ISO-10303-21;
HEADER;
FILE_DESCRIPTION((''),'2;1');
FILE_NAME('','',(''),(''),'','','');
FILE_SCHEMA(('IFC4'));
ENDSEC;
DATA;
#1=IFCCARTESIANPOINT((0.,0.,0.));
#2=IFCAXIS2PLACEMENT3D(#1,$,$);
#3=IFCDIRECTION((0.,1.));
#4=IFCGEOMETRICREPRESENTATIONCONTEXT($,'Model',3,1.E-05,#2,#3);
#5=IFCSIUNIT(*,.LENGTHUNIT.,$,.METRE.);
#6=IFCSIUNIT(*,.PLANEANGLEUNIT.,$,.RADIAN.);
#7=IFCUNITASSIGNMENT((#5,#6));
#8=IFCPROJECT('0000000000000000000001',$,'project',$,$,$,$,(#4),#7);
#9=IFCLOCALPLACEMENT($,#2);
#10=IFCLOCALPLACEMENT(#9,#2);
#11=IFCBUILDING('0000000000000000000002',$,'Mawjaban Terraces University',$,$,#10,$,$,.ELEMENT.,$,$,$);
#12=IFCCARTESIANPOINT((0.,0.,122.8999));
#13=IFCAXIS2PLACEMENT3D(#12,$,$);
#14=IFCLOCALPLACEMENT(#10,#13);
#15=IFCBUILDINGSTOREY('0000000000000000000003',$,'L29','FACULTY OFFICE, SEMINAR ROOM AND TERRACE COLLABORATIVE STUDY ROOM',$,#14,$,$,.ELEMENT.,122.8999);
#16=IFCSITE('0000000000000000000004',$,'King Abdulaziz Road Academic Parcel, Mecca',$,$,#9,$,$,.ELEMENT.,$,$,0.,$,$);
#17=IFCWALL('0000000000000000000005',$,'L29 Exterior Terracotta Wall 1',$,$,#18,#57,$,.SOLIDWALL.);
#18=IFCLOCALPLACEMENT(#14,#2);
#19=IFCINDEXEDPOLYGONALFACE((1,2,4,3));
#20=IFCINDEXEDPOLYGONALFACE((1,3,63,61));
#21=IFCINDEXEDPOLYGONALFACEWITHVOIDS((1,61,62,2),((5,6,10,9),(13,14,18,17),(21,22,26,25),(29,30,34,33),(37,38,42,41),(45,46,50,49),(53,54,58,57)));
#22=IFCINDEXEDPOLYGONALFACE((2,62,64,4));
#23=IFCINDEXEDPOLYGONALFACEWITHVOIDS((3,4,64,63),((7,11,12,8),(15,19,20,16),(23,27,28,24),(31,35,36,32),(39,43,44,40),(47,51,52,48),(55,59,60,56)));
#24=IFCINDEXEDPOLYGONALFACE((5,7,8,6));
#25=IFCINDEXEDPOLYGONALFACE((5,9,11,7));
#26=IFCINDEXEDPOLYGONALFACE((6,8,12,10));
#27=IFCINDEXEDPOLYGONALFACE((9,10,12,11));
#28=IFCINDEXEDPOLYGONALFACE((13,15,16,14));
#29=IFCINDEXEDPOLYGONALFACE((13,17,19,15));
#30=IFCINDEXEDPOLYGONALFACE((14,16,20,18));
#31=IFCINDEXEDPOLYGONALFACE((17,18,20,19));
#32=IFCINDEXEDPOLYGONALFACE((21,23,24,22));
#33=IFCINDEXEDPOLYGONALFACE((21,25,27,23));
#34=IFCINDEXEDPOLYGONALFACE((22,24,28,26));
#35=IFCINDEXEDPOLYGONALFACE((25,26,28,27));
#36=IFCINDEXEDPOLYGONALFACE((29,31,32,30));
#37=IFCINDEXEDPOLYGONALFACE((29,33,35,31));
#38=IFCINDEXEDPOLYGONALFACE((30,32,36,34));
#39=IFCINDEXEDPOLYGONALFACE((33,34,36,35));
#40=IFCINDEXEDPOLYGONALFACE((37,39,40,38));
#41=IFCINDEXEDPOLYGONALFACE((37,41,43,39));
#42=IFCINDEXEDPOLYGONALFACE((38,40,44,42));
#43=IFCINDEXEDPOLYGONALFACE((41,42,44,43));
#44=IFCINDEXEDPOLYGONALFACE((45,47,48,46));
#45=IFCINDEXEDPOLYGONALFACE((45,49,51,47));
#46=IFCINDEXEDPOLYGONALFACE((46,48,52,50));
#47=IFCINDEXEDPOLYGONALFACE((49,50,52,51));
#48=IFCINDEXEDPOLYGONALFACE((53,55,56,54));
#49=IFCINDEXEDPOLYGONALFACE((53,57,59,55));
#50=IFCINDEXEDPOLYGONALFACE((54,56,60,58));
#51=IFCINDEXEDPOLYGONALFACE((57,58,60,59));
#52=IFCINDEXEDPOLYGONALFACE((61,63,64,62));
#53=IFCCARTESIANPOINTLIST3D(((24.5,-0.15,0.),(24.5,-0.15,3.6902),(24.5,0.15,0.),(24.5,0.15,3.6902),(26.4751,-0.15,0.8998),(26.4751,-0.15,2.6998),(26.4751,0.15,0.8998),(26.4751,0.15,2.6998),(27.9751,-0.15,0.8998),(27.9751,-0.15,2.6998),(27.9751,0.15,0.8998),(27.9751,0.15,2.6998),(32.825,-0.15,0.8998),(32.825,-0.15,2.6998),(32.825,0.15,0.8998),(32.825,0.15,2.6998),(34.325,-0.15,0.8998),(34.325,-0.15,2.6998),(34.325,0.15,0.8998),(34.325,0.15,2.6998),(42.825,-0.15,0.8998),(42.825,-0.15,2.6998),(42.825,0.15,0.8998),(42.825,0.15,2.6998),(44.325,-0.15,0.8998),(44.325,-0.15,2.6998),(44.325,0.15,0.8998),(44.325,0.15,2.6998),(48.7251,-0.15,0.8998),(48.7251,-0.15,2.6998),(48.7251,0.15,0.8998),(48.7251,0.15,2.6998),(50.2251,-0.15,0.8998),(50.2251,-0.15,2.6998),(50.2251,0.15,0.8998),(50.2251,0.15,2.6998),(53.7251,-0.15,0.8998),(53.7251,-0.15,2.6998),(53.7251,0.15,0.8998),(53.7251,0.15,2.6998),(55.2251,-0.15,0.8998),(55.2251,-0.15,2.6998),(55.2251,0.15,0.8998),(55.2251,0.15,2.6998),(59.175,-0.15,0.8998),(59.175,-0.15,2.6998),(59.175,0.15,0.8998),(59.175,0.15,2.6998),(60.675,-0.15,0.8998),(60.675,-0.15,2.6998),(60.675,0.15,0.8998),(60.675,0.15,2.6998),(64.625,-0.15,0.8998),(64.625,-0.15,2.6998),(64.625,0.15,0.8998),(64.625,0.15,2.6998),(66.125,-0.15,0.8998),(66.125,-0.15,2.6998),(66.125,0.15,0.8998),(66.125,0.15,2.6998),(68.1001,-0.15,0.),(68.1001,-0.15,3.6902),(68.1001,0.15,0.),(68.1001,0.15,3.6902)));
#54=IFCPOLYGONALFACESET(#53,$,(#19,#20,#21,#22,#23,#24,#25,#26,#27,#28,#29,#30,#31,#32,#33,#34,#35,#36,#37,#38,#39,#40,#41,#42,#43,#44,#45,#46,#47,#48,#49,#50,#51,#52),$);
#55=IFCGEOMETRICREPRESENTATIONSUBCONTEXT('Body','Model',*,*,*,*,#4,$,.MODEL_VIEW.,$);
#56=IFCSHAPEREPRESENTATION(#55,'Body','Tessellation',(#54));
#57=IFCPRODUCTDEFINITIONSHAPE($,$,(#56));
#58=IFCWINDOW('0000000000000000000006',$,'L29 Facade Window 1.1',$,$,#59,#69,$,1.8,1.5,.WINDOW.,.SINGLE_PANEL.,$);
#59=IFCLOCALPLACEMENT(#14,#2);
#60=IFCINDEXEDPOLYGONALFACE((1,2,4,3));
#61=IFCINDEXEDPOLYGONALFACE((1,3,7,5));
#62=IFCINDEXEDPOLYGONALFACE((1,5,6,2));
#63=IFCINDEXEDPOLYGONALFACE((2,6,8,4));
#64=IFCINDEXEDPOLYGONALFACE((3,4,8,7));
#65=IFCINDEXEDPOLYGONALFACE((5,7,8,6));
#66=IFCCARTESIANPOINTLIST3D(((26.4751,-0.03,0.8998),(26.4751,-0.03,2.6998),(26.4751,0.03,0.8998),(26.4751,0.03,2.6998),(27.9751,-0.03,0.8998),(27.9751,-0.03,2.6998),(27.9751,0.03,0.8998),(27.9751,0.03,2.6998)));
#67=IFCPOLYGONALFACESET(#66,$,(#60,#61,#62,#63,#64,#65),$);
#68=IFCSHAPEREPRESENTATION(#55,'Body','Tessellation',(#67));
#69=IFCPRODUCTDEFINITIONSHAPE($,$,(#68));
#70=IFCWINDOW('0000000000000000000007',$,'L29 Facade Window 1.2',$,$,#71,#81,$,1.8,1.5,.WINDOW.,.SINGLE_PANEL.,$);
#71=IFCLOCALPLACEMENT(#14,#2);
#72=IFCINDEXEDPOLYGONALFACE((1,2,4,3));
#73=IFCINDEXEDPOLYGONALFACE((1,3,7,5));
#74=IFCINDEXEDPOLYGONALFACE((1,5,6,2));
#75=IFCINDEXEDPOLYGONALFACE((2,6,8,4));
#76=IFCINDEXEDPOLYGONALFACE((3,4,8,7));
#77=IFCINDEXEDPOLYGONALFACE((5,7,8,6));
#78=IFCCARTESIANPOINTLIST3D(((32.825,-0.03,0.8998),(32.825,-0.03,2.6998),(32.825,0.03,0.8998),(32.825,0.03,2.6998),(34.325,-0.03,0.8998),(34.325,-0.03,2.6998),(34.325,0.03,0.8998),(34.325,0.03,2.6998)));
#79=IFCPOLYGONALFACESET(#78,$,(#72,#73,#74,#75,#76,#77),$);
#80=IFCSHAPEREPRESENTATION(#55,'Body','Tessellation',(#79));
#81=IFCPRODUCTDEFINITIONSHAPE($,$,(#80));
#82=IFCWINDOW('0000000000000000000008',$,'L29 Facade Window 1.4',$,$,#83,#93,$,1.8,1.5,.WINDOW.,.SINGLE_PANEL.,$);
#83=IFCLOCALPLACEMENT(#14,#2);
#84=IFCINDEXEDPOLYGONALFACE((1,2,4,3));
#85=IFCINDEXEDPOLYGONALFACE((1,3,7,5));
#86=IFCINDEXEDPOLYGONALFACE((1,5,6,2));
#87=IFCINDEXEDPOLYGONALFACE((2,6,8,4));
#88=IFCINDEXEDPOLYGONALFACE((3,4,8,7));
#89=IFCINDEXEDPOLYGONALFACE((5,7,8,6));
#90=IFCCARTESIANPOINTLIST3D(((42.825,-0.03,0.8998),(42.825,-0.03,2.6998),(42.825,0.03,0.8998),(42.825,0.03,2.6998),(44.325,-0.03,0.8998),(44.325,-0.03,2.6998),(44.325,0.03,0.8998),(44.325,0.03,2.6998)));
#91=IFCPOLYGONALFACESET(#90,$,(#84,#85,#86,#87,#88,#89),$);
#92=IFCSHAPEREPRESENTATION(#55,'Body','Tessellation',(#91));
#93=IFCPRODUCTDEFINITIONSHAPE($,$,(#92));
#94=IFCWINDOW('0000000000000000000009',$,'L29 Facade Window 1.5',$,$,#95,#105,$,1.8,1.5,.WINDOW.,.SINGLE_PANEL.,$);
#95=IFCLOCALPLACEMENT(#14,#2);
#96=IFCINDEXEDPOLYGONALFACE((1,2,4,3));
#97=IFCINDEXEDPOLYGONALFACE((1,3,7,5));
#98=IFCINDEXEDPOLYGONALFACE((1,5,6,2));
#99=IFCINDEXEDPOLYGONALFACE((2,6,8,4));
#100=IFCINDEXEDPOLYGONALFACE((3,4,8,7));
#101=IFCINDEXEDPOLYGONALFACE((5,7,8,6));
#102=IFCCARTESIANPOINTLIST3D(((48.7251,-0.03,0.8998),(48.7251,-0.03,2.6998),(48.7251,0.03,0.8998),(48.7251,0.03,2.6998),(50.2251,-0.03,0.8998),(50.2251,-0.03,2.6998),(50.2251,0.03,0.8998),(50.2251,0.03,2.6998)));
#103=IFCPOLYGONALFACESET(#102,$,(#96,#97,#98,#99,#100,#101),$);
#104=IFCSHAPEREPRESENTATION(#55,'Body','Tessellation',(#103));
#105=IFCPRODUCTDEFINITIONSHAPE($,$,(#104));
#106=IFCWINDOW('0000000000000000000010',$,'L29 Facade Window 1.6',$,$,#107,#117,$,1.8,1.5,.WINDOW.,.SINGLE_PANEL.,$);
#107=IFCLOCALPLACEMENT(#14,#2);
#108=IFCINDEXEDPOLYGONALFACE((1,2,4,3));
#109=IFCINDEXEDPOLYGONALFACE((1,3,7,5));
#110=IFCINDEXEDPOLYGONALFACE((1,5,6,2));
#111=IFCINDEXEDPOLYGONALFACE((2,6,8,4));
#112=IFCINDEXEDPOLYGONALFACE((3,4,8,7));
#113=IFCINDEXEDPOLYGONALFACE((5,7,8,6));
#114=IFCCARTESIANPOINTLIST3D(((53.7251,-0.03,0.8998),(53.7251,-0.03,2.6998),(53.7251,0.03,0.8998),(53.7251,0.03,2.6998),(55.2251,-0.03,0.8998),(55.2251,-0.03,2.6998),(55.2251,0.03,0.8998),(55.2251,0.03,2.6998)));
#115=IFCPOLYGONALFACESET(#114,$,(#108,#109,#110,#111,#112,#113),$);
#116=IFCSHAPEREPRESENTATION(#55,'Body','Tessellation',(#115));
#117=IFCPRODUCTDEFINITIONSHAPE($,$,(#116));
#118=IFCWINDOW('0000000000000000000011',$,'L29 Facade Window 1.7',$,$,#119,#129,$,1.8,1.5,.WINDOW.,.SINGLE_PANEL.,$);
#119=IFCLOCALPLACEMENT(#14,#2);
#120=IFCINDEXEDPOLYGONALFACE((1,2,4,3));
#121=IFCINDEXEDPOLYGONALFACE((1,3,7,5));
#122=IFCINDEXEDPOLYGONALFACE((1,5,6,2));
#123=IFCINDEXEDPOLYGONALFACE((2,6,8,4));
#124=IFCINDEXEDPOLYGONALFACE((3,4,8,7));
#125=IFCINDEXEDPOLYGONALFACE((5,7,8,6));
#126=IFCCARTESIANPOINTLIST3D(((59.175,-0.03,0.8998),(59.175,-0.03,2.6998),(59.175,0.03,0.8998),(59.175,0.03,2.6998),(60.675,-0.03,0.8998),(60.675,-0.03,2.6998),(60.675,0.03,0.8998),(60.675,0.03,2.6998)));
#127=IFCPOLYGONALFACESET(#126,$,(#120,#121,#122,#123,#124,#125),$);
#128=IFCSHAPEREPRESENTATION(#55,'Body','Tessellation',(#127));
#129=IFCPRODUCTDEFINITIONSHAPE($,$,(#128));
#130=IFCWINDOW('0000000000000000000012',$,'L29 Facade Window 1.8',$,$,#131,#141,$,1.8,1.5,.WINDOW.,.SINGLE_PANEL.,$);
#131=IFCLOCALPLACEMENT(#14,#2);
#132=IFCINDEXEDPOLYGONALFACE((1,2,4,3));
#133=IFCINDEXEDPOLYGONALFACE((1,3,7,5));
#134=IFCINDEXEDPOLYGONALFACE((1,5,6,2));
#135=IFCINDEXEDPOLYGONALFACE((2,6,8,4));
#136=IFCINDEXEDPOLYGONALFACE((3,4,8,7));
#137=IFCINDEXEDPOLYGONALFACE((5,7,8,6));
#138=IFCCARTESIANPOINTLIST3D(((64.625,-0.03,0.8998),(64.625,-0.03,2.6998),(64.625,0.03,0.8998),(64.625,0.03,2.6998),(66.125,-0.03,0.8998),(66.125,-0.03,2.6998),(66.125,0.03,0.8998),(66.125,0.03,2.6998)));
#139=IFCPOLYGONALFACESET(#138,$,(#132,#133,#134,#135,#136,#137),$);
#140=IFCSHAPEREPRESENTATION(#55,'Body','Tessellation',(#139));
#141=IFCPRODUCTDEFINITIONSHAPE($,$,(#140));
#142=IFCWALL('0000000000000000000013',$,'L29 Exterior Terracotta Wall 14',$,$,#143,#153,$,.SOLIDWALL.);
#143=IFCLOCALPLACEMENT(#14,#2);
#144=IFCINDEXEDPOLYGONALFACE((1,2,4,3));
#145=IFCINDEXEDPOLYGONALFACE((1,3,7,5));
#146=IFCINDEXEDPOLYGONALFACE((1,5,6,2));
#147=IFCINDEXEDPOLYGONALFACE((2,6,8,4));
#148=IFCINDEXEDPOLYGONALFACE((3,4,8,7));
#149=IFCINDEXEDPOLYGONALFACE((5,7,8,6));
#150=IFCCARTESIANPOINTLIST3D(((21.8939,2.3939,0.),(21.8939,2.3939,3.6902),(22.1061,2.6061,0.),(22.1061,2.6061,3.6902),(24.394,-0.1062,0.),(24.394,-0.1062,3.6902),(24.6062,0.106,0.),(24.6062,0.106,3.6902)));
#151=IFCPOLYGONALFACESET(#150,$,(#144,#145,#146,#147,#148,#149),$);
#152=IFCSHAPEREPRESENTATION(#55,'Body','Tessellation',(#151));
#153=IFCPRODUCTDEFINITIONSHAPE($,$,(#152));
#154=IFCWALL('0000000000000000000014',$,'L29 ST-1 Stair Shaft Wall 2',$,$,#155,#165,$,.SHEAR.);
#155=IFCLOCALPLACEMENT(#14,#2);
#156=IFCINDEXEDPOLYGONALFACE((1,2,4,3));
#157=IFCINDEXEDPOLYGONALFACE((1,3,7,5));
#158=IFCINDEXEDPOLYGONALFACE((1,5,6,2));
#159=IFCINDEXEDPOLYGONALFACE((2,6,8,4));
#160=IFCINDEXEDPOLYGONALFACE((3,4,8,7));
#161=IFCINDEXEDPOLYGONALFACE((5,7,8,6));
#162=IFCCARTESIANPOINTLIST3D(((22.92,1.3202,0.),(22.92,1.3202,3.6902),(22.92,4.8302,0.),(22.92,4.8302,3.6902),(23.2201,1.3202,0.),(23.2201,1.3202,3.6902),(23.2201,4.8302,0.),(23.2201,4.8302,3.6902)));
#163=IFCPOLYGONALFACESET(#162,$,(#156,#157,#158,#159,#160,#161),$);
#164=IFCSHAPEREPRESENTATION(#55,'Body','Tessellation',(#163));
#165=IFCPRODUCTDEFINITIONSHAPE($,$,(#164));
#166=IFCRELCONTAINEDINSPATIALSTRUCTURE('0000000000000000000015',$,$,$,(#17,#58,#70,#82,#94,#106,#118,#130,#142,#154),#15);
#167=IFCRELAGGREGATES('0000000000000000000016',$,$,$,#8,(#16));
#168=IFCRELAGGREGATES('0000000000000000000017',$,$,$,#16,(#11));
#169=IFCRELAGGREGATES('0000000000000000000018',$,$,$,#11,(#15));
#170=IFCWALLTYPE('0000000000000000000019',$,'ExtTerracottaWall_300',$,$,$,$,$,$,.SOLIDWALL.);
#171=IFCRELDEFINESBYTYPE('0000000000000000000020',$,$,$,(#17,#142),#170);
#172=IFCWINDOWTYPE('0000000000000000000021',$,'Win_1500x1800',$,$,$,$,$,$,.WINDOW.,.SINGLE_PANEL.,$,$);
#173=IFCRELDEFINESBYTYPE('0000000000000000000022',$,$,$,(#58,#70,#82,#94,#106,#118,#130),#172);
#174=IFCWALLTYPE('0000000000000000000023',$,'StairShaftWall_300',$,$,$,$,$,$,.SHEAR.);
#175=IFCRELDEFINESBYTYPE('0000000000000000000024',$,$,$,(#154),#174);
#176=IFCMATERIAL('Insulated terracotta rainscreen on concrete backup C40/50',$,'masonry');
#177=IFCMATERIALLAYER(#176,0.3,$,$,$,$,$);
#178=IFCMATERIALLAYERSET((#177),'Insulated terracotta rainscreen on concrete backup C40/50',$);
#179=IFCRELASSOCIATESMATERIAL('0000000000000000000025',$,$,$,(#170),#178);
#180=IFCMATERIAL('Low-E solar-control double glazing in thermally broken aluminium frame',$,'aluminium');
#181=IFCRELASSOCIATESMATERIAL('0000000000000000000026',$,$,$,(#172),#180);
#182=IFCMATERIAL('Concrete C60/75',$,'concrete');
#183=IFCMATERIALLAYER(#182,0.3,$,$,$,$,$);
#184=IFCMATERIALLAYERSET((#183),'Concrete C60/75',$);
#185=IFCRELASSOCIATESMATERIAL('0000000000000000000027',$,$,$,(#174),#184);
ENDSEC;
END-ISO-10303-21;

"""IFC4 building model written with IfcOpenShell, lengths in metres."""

from ifc_helpers import new_model, si_unit, direction, frame, frame_2d, origin, place, context, subcontext, project, spatial, rectangle, extrude, material, layer, layer_set, type_object, element, fill, save


model = new_model("IFC4")

# Units and contexts
model_context = context("Model", 3, precision=1e-05, world=origin(), true_north=direction((0.0, 1.0)))
body_context = subcontext(model_context, "Body", "Model", "MODEL_VIEW")
ifc_project = project(units=[si_unit("LENGTHUNIT", "METRE"), si_unit("PLANEANGLEUNIT", "RADIAN")], contexts=[model_context])

# Site, building, storey
site_placement = place(None, origin())
site = spatial("IfcSite", under=ifc_project, at=site_placement, Name="King Abdulaziz Road Academic Parcel, Mecca", CompositionType="ELEMENT", RefElevation=0.0)
building_placement = place(site_placement, origin())
building = spatial("IfcBuilding", under=site, at=building_placement, Name="Mawjaban Terraces University", CompositionType="ELEMENT")
storey_placement = place(building_placement, frame((0.0, 0.0, 122.8999)))
storey = spatial("IfcBuildingStorey", under=building, at=storey_placement, Name="L29", Description="FACULTY OFFICE, SEMINAR ROOM AND TERRACE COLLABORATIVE STUDY ROOM", CompositionType="ELEMENT", Elevation=122.8999)

# Shared definitions
ifc_material_1 = material(Name="Concrete C60/75", Category="concrete")

# Wall, openings, windows
ifc_material_2 = material(Name="Insulated terracotta rainscreen on concrete backup C40/50", Category="masonry")
ifc_layer_1 = layer(ifc_material_2, 0.3)
ifc_layer_set_1 = layer_set([ifc_layer_1], Name="Insulated terracotta rainscreen on concrete backup C40/50")
wall_type_1 = type_object("IfcWallType", Name="ExtTerracottaWall_300", PredefinedType="SOLIDWALL", material=ifc_layer_set_1)
wall_1_placement = place(storey_placement, frame((24.5, 0.0, 0.0), z_axis=(0.0, 0.0, 1.0), x_axis=(1.0, 0.0, 0.0)))
wall_1 = element("IfcWall", 1, at=wall_1_placement, inside=storey, type_object=wall_type_1, Name="L29 Exterior Terracotta Wall 1", PredefinedType="SOLIDWALL", context=body_context, shape_type="SweptSolid", body=[
    extrude(rectangle(XDim=43.6001, YDim=0.3, at=frame_2d((21.8, 0.0))), origin(), (0.0, 0.0, 1.0), 3.6902),
])
opening_1_placement = place(wall_1_placement, frame((1.9751, 0.0, 0.8999)))
opening_1 = element("IfcOpeningElement", 2, at=opening_1_placement, cuts=wall_1, PredefinedType="OPENING", context=body_context, shape_type="SweptSolid", body=[
    extrude(rectangle(XDim=1.5, YDim=1.8, at=frame_2d((0.75, 0.8999))), frame((0.0, 0.1599, 0.0), z_axis=(0.0, -1.0, 0.0), x_axis=(1.0, 0.0, 0.0)), (0.0, 0.0, 1.0), 0.3201),
])
opening_2_placement = place(wall_1_placement, frame((8.325, 0.0, 0.8999)))
opening_2 = element("IfcOpeningElement", 3, at=opening_2_placement, cuts=wall_1, PredefinedType="OPENING", context=body_context, shape_type="SweptSolid", body=[
    extrude(rectangle(XDim=1.5, YDim=1.8, at=frame_2d((0.75, 0.8999))), frame((0.0, 0.1599, 0.0), z_axis=(0.0, -1.0, 0.0), x_axis=(1.0, 0.0, 0.0)), (0.0, 0.0, 1.0), 0.3201),
])
opening_3_placement = place(wall_1_placement, frame((18.325, 0.0, 0.8999)))
opening_3 = element("IfcOpeningElement", 4, at=opening_3_placement, cuts=wall_1, PredefinedType="OPENING", context=body_context, shape_type="SweptSolid", body=[
    extrude(rectangle(XDim=1.5, YDim=1.8, at=frame_2d((0.75, 0.8999))), frame((0.0, 0.1599, 0.0), z_axis=(0.0, -1.0, 0.0), x_axis=(1.0, 0.0, 0.0)), (0.0, 0.0, 1.0), 0.3201),
])
opening_4_placement = place(wall_1_placement, frame((24.2251, 0.0, 0.8999)))
opening_4 = element("IfcOpeningElement", 5, at=opening_4_placement, cuts=wall_1, PredefinedType="OPENING", context=body_context, shape_type="SweptSolid", body=[
    extrude(rectangle(XDim=1.5, YDim=1.8, at=frame_2d((0.75, 0.8999))), frame((0.0, 0.1599, 0.0), z_axis=(0.0, -1.0, 0.0), x_axis=(1.0, 0.0, 0.0)), (0.0, 0.0, 1.0), 0.3201),
])
opening_5_placement = place(wall_1_placement, frame((29.2251, 0.0, 0.8999)))
opening_5 = element("IfcOpeningElement", 6, at=opening_5_placement, cuts=wall_1, PredefinedType="OPENING", context=body_context, shape_type="SweptSolid", body=[
    extrude(rectangle(XDim=1.5, YDim=1.8, at=frame_2d((0.75, 0.8999))), frame((0.0, 0.1599, 0.0), z_axis=(0.0, -1.0, 0.0), x_axis=(1.0, 0.0, 0.0)), (0.0, 0.0, 1.0), 0.3201),
])
opening_6_placement = place(wall_1_placement, frame((34.675, 0.0, 0.8999)))
opening_6 = element("IfcOpeningElement", 7, at=opening_6_placement, cuts=wall_1, PredefinedType="OPENING", context=body_context, shape_type="SweptSolid", body=[
    extrude(rectangle(XDim=1.5, YDim=1.8, at=frame_2d((0.75, 0.8999))), frame((0.0, 0.1599, 0.0), z_axis=(0.0, -1.0, 0.0), x_axis=(1.0, 0.0, 0.0)), (0.0, 0.0, 1.0), 0.3201),
])
opening_7_placement = place(wall_1_placement, frame((40.125, 0.0, 0.8999)))
opening_7 = element("IfcOpeningElement", 8, at=opening_7_placement, cuts=wall_1, PredefinedType="OPENING", context=body_context, shape_type="SweptSolid", body=[
    extrude(rectangle(XDim=1.5, YDim=1.8, at=frame_2d((0.75, 0.8999))), frame((0.0, 0.1599, 0.0), z_axis=(0.0, -1.0, 0.0), x_axis=(1.0, 0.0, 0.0)), (0.0, 0.0, 1.0), 0.3201),
])
ifc_material_3 = material(Name="Low-E solar-control double glazing in thermally broken aluminium frame", Category="aluminium")
window_type = type_object("IfcWindowType", Name="Win_1500x1800", PartitioningType="SINGLE_PANEL", PredefinedType="WINDOW", material=ifc_material_3)
window_1_placement = place(opening_1_placement, origin())
window_1 = element("IfcWindow", 9, at=window_1_placement, inside=storey, type_object=window_type, Name="L29 Facade Window 1.1", OverallHeight=1.8, OverallWidth=1.5, PartitioningType="SINGLE_PANEL", PredefinedType="WINDOW", context=body_context, shape_type="SweptSolid", body=[
    extrude(rectangle(XDim=1.5, YDim=1.8, at=frame_2d((0.75, 0.8999))), frame((0.0, 0.03, 0.0), z_axis=(0.0, -1.0, 0.0), x_axis=(1.0, 0.0, 0.0)), (0.0, 0.0, 1.0), 0.0601),
])
fill(opening_1, window_1)
window_2_placement = place(opening_2_placement, origin())
window_2 = element("IfcWindow", 10, at=window_2_placement, inside=storey, type_object=window_type, Name="L29 Facade Window 1.2", OverallHeight=1.8, OverallWidth=1.5, PartitioningType="SINGLE_PANEL", PredefinedType="WINDOW", context=body_context, shape_type="SweptSolid", body=[
    extrude(rectangle(XDim=1.5, YDim=1.8, at=frame_2d((0.75, 0.8999))), frame((0.0, 0.03, 0.0), z_axis=(0.0, -1.0, 0.0), x_axis=(1.0, 0.0, 0.0)), (0.0, 0.0, 1.0), 0.0601),
])
fill(opening_2, window_2)
window_3_placement = place(opening_3_placement, origin())
window_3 = element("IfcWindow", 11, at=window_3_placement, inside=storey, type_object=window_type, Name="L29 Facade Window 1.4", OverallHeight=1.8, OverallWidth=1.5, PartitioningType="SINGLE_PANEL", PredefinedType="WINDOW", context=body_context, shape_type="SweptSolid", body=[
    extrude(rectangle(XDim=1.5, YDim=1.8, at=frame_2d((0.75, 0.8999))), frame((0.0, 0.03, 0.0), z_axis=(0.0, -1.0, 0.0), x_axis=(1.0, 0.0, 0.0)), (0.0, 0.0, 1.0), 0.0601),
])
fill(opening_3, window_3)
window_4_placement = place(opening_4_placement, origin())
window_4 = element("IfcWindow", 12, at=window_4_placement, inside=storey, type_object=window_type, Name="L29 Facade Window 1.5", OverallHeight=1.8, OverallWidth=1.5, PartitioningType="SINGLE_PANEL", PredefinedType="WINDOW", context=body_context, shape_type="SweptSolid", body=[
    extrude(rectangle(XDim=1.5, YDim=1.8, at=frame_2d((0.75, 0.8999))), frame((0.0, 0.03, 0.0), z_axis=(0.0, -1.0, 0.0), x_axis=(1.0, 0.0, 0.0)), (0.0, 0.0, 1.0), 0.0601),
])
fill(opening_4, window_4)
window_5_placement = place(opening_5_placement, origin())
window_5 = element("IfcWindow", 13, at=window_5_placement, inside=storey, type_object=window_type, Name="L29 Facade Window 1.6", OverallHeight=1.8, OverallWidth=1.5, PartitioningType="SINGLE_PANEL", PredefinedType="WINDOW", context=body_context, shape_type="SweptSolid", body=[
    extrude(rectangle(XDim=1.5, YDim=1.8, at=frame_2d((0.75, 0.8999))), frame((0.0, 0.03, 0.0), z_axis=(0.0, -1.0, 0.0), x_axis=(1.0, 0.0, 0.0)), (0.0, 0.0, 1.0), 0.0601),
])
fill(opening_5, window_5)
window_6_placement = place(opening_6_placement, origin())
window_6 = element("IfcWindow", 14, at=window_6_placement, inside=storey, type_object=window_type, Name="L29 Facade Window 1.7", OverallHeight=1.8, OverallWidth=1.5, PartitioningType="SINGLE_PANEL", PredefinedType="WINDOW", context=body_context, shape_type="SweptSolid", body=[
    extrude(rectangle(XDim=1.5, YDim=1.8, at=frame_2d((0.75, 0.8999))), frame((0.0, 0.03, 0.0), z_axis=(0.0, -1.0, 0.0), x_axis=(1.0, 0.0, 0.0)), (0.0, 0.0, 1.0), 0.0601),
])
fill(opening_6, window_6)
window_7_placement = place(opening_7_placement, origin())
window_7 = element("IfcWindow", 15, at=window_7_placement, inside=storey, type_object=window_type, Name="L29 Facade Window 1.8", OverallHeight=1.8, OverallWidth=1.5, PartitioningType="SINGLE_PANEL", PredefinedType="WINDOW", context=body_context, shape_type="SweptSolid", body=[
    extrude(rectangle(XDim=1.5, YDim=1.8, at=frame_2d((0.75, 0.8999))), frame((0.0, 0.03, 0.0), z_axis=(0.0, -1.0, 0.0), x_axis=(1.0, 0.0, 0.0)), (0.0, 0.0, 1.0), 0.0601),
])
fill(opening_7, window_7)

# Walls
wall_2_placement = place(storey_placement, frame((22.0, 2.5, 0.0), z_axis=(0.0, 0.0, 1.0), x_axis=(0.707107, -0.707107, 0.0)))
element("IfcWall", 16, at=wall_2_placement, inside=storey, type_object=wall_type_1, Name="L29 Exterior Terracotta Wall 14", PredefinedType="SOLIDWALL", context=body_context, shape_type="SweptSolid", body=[
    extrude(rectangle(XDim=3.5356, YDim=0.3, at=frame_2d((1.7678, 0.0))), origin(), (0.0, 0.0, 1.0), 3.6902),
])
ifc_layer_2 = layer(ifc_material_1, 0.3)
ifc_layer_set_2 = layer_set([ifc_layer_2], Name="Concrete C60/75")
wall_type_2 = type_object("IfcWallType", Name="StairShaftWall_300", PredefinedType="SHEAR", material=ifc_layer_set_2)
wall_3_placement = place(storey_placement, frame((23.0701, 4.8301, 0.0), z_axis=(0.0, 0.0, 1.0), x_axis=(0.0, -1.0, 0.0)))
element("IfcWall", 17, at=wall_3_placement, inside=storey, type_object=wall_type_2, Name="L29 ST-1 Stair Shaft Wall 2", PredefinedType="SHEAR", context=body_context, shape_type="SweptSolid", body=[
    extrude(rectangle(XDim=3.51, YDim=0.3, at=frame_2d((1.7549, 0.0))), origin(), (0.0, 0.0, 1.0), 3.6902),
])

save(model, "model.ifc")
